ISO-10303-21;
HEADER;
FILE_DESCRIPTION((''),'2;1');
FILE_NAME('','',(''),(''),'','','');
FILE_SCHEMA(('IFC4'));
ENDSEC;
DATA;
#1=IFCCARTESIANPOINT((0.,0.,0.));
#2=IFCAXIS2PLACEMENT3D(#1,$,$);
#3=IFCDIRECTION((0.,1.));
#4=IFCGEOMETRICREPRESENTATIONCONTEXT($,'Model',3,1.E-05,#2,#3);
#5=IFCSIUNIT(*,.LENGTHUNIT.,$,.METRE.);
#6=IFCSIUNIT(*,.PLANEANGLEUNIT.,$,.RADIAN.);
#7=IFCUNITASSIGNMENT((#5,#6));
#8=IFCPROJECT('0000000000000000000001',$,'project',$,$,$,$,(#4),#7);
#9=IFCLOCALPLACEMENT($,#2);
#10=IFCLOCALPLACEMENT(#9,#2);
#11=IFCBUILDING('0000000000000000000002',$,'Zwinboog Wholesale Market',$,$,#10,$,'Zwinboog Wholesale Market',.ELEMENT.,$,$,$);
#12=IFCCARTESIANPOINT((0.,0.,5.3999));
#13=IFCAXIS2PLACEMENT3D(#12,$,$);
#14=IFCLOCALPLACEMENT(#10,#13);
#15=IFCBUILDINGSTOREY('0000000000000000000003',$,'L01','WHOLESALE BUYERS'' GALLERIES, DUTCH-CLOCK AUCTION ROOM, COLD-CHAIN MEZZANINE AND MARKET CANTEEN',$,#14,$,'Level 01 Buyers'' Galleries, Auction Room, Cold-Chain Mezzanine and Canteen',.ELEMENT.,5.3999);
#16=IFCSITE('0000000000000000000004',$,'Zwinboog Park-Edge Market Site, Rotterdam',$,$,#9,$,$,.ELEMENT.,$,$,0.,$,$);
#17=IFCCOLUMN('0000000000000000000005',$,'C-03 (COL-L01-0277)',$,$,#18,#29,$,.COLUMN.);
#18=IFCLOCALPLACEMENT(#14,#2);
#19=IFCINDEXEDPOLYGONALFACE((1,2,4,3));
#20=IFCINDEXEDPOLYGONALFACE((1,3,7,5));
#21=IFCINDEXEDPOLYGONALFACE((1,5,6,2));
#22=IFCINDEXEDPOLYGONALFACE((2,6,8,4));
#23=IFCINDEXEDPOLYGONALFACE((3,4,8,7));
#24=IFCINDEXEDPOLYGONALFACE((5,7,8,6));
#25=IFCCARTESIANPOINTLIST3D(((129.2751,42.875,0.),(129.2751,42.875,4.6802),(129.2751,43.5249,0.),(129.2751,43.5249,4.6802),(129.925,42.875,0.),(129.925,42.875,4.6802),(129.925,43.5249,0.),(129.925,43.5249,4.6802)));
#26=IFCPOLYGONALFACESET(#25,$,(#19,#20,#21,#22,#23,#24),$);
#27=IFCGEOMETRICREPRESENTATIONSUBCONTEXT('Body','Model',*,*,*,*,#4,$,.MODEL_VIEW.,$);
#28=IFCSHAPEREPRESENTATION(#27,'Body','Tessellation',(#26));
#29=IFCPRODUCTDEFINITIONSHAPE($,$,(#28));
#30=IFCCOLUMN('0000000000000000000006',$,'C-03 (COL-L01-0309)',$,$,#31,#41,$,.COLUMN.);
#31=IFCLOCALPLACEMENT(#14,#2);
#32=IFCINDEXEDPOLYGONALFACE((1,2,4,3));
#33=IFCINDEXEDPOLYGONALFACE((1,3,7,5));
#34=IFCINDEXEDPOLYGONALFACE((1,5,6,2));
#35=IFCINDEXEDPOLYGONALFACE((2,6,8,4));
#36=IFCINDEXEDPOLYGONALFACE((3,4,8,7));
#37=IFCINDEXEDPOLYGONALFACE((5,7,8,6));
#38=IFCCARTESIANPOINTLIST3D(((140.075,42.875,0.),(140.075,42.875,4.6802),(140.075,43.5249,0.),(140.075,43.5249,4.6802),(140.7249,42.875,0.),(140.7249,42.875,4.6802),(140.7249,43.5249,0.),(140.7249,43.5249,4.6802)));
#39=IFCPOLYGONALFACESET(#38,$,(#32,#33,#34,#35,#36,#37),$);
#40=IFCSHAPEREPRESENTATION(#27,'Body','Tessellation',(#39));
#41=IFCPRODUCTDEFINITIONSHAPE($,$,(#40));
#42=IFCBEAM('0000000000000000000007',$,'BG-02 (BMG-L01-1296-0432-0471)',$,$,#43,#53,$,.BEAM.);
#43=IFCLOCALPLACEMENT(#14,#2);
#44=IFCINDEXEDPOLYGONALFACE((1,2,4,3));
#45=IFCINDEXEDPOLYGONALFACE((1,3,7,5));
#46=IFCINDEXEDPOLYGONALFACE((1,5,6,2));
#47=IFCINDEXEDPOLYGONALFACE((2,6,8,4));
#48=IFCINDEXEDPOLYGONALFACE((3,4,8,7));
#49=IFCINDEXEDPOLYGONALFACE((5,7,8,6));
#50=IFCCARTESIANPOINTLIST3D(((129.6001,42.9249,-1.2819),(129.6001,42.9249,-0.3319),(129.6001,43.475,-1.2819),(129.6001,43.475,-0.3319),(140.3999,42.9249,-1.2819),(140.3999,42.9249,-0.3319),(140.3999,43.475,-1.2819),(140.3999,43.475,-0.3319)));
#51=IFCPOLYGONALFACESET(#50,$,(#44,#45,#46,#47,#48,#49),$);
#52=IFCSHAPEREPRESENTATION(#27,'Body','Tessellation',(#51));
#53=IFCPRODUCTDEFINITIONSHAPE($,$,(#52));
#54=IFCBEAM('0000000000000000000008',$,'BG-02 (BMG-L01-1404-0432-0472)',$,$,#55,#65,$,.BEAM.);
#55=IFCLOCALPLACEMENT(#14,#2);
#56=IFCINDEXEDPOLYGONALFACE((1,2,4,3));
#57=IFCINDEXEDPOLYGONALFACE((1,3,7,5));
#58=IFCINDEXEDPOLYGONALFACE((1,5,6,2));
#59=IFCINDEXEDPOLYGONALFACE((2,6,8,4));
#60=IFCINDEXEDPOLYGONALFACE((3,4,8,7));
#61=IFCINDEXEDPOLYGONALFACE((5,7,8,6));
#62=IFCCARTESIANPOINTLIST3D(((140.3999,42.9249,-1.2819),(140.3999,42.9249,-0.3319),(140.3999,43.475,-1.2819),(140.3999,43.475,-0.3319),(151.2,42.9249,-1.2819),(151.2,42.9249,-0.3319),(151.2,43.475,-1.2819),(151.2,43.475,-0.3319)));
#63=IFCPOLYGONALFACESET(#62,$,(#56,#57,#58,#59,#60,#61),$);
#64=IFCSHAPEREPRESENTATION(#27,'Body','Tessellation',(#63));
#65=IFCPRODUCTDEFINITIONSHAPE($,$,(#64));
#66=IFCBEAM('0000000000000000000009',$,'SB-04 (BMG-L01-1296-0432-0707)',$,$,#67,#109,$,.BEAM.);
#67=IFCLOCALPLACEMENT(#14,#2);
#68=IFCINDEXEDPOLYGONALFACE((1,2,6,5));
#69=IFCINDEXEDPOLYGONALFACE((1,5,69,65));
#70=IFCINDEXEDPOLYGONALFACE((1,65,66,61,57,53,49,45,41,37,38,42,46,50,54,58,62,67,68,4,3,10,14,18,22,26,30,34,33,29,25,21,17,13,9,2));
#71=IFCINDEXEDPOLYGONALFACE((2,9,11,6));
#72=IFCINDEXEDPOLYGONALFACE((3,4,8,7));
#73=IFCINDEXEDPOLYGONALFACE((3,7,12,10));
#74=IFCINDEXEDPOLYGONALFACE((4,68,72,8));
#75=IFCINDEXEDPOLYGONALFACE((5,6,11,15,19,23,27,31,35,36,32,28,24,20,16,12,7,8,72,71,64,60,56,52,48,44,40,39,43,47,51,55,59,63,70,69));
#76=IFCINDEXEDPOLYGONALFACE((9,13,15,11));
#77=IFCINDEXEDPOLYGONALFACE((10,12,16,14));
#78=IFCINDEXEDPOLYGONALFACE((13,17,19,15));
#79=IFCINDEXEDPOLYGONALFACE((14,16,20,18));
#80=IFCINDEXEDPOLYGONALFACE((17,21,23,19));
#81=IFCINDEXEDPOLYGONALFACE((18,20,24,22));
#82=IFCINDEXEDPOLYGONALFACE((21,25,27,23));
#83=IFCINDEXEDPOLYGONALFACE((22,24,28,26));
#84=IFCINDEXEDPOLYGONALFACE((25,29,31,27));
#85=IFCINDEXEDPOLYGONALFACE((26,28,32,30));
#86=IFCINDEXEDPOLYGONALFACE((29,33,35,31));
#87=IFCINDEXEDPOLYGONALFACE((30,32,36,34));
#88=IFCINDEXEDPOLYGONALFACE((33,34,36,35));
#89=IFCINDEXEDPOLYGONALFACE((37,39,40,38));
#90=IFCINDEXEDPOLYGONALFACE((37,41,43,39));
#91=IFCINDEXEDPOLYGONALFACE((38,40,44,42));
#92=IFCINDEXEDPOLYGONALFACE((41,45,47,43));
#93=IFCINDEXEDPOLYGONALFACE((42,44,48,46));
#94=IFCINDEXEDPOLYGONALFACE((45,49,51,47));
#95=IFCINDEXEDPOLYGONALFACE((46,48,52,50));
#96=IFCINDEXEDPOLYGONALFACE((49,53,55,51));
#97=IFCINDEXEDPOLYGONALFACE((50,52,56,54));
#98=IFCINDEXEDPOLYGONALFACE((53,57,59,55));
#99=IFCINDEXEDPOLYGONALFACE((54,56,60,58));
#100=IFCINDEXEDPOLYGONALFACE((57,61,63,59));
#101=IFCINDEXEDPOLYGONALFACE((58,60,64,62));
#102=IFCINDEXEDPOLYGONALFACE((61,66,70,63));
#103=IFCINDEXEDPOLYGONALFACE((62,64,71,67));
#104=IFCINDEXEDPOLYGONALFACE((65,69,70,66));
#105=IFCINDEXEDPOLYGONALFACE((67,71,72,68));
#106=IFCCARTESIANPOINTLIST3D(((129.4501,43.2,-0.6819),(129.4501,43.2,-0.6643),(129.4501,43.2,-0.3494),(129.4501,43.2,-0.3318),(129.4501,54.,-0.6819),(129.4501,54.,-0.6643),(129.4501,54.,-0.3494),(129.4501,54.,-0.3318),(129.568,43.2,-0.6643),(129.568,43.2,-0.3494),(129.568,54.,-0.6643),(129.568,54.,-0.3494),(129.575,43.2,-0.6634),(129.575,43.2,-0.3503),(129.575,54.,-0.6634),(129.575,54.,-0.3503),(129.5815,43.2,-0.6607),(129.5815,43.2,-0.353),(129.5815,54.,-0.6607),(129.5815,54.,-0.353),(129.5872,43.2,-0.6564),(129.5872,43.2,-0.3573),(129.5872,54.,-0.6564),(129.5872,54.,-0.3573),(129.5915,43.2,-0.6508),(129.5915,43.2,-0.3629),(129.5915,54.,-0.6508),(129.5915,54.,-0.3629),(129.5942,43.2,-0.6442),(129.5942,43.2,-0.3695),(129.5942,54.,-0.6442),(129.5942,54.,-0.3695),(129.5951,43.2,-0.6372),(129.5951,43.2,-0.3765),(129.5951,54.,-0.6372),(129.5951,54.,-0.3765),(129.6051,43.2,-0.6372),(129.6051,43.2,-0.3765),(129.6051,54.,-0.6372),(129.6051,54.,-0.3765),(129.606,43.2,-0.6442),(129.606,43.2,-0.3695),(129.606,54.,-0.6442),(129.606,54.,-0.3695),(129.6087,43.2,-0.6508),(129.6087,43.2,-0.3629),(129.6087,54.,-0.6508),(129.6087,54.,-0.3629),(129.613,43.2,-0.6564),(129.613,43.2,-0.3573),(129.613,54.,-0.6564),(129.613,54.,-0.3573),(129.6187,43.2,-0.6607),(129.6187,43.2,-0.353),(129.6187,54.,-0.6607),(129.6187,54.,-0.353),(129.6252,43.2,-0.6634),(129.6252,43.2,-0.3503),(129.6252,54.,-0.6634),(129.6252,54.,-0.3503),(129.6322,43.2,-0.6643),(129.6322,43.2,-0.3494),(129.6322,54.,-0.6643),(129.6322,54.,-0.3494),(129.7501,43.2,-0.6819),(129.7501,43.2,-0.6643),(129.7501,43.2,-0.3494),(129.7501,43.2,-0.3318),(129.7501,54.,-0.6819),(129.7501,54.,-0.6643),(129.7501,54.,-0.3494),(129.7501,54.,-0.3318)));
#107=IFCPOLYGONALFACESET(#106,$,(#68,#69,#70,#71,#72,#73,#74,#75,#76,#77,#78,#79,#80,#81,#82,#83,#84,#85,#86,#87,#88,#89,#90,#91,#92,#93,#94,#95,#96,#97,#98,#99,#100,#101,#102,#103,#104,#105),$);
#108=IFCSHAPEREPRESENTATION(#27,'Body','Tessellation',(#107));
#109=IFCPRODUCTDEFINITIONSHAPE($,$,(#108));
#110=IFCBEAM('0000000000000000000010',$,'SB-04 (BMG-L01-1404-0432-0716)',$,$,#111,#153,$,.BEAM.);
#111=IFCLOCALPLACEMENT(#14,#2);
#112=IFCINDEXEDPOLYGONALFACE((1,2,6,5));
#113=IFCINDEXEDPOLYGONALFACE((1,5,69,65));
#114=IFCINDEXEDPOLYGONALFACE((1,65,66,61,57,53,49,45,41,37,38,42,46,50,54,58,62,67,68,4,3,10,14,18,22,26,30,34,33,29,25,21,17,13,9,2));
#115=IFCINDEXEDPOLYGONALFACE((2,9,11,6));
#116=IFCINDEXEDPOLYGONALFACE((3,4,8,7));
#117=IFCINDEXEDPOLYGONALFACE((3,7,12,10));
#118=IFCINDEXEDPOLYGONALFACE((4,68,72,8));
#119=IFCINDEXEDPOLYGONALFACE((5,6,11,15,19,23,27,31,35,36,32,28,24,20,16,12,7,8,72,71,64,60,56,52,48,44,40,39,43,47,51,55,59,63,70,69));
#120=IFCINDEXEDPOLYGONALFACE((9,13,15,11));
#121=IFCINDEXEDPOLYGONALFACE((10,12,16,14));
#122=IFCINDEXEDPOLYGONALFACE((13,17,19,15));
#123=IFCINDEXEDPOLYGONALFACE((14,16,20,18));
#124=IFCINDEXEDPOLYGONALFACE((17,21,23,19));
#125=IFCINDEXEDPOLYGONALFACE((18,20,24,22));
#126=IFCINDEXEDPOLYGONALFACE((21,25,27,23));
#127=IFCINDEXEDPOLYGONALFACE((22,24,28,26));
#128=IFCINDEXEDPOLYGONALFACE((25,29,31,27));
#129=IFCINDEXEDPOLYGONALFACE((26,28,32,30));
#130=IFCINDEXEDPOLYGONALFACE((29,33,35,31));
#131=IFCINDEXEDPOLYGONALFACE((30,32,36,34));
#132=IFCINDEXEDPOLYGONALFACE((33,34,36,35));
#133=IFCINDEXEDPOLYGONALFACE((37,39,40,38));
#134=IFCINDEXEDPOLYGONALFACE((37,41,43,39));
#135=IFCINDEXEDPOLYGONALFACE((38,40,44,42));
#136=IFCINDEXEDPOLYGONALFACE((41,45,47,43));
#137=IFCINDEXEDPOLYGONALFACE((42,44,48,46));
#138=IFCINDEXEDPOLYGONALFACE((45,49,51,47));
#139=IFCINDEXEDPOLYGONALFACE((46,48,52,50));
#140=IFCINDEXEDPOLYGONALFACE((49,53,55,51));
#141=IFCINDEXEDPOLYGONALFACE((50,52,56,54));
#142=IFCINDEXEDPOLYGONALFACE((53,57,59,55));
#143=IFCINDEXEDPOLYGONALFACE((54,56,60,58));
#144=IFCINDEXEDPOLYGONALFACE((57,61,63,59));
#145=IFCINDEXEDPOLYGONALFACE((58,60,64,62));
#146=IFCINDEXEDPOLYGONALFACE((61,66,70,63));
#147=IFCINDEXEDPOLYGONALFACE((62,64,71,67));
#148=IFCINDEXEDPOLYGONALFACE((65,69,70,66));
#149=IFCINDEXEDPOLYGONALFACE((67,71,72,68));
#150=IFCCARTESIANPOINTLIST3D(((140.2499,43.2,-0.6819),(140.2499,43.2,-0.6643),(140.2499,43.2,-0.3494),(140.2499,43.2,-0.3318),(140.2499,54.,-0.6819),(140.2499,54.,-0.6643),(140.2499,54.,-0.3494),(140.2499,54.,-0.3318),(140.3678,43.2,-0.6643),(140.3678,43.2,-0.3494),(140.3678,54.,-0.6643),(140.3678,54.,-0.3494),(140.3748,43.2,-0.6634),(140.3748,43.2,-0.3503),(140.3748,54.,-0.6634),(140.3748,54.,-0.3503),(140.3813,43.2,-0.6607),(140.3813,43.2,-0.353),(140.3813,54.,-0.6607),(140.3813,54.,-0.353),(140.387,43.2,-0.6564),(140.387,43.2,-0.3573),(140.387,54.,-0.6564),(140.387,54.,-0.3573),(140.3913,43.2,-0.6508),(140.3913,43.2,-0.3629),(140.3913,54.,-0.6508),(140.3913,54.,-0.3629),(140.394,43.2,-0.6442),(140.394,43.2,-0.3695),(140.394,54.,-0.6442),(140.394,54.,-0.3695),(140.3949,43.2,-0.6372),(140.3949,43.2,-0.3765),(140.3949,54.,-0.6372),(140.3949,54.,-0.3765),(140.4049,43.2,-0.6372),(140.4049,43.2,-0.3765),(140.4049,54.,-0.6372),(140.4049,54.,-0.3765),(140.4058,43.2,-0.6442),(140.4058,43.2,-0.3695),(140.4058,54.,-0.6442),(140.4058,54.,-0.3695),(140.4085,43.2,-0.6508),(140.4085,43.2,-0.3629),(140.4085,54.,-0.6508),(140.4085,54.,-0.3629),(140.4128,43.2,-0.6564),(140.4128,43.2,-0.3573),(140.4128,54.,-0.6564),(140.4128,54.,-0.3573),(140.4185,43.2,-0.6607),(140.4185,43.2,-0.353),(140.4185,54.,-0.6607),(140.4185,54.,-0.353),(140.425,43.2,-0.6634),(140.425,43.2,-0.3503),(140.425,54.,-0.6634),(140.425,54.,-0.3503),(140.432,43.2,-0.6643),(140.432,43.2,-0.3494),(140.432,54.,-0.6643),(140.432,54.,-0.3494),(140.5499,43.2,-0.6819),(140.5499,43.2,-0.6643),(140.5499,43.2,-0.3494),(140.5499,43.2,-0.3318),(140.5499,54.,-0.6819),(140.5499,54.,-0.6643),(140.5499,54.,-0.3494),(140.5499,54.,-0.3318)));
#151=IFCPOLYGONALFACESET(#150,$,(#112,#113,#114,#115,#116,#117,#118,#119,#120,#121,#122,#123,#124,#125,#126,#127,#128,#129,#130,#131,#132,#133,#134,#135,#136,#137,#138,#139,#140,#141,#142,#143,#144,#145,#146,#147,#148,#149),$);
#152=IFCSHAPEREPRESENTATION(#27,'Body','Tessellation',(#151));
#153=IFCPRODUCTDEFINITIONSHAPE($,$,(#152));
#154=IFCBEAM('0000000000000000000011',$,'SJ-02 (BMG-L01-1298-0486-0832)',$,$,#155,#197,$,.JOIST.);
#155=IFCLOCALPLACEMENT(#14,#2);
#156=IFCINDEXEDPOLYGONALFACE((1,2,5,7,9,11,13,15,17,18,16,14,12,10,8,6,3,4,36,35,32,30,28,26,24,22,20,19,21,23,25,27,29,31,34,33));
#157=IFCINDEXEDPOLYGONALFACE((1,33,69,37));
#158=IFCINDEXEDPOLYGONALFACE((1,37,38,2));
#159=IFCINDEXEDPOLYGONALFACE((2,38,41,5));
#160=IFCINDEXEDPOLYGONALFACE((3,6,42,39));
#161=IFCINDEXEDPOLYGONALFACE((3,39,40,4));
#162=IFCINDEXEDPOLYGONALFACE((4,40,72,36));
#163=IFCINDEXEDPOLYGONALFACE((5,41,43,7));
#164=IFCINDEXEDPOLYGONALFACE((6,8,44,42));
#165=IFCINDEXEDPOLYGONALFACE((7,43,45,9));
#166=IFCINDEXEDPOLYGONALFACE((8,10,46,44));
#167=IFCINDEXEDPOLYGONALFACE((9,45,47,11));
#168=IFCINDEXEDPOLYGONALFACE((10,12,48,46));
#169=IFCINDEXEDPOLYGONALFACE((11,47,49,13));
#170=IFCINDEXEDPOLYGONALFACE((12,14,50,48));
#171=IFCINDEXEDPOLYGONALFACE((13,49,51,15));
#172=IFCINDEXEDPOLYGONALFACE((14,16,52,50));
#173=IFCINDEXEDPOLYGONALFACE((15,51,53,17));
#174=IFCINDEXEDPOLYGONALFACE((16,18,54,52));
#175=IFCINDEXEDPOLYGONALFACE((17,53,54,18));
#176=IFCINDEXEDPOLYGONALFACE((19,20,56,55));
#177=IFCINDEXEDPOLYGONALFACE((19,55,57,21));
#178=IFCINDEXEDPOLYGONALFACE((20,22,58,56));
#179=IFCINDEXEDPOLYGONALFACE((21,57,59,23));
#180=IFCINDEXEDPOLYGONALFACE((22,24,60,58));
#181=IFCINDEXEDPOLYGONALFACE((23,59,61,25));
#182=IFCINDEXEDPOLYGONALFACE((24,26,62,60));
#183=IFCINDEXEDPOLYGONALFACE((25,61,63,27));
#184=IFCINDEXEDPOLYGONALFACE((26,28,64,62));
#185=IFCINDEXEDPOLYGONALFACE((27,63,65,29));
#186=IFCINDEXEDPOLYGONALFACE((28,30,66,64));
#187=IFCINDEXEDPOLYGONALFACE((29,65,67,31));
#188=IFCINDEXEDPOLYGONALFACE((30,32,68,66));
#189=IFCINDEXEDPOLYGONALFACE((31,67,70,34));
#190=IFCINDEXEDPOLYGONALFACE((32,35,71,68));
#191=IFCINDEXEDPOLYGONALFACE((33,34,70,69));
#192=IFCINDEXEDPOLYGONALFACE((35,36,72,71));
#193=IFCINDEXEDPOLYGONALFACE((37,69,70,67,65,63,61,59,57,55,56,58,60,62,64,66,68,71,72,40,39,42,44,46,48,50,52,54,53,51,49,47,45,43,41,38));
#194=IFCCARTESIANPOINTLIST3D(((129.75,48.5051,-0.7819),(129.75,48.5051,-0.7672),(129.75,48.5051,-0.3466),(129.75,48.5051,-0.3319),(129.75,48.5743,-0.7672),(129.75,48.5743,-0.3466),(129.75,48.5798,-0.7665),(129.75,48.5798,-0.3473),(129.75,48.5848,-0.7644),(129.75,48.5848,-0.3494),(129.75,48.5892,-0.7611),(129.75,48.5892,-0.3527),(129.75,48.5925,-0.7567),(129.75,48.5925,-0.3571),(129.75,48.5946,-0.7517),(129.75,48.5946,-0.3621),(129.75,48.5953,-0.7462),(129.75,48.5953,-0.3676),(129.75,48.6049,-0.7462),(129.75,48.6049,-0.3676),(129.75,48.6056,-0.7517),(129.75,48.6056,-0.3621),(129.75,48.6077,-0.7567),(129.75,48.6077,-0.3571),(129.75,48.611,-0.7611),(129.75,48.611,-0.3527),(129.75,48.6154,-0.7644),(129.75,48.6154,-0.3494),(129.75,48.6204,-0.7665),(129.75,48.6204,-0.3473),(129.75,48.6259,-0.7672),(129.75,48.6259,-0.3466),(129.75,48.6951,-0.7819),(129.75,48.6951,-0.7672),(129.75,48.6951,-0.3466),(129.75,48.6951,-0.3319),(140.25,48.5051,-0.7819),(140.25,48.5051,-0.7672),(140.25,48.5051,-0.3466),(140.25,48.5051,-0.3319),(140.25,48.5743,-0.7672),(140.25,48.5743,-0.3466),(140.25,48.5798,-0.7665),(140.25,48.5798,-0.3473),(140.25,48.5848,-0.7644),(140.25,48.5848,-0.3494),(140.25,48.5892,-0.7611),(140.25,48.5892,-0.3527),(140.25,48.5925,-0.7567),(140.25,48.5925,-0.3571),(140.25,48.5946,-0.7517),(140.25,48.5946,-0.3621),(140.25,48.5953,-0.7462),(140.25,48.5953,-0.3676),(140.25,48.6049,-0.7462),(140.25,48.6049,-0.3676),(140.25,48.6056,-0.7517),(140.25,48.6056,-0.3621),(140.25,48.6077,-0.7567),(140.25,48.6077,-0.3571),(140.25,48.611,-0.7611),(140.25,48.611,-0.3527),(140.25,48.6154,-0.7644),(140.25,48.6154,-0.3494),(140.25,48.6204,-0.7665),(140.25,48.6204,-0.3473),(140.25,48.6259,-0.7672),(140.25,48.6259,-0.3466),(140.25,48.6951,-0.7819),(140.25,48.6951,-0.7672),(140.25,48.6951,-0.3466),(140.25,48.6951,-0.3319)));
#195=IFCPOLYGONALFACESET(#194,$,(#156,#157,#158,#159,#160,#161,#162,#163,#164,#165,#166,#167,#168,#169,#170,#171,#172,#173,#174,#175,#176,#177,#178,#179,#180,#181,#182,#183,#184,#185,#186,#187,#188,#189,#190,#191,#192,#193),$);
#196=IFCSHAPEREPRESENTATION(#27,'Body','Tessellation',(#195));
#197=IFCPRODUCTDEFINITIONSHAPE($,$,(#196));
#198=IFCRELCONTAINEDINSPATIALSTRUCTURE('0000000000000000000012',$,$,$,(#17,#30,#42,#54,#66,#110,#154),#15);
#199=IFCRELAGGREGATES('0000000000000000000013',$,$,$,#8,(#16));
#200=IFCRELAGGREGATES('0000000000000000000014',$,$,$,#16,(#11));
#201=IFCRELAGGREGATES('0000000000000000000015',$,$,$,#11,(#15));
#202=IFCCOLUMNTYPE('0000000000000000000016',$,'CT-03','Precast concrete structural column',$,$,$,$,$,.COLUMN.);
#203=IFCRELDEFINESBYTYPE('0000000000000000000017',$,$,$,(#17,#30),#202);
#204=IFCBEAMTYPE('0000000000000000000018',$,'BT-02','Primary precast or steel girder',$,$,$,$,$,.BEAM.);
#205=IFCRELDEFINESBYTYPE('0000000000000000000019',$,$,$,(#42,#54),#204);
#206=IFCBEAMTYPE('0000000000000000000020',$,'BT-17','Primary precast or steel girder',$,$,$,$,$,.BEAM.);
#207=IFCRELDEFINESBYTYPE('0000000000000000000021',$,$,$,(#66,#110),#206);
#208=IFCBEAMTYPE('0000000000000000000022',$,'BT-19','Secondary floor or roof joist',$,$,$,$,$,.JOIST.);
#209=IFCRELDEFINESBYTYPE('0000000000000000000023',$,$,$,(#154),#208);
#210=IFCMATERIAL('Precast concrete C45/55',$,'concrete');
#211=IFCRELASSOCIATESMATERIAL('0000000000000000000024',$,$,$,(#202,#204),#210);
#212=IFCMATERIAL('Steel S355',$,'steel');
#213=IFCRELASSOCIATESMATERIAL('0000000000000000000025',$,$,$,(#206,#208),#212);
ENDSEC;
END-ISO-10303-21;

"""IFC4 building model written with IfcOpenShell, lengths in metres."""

from ifc_helpers import new_model, si_unit, direction, frame, origin, origin_2d, place, context, subcontext, project, spatial, rectangle, i_section, extrude, material, material_profile, profile_set, type_object, element, save


model = new_model("IFC4")

# Units and contexts
model_context = context("Model", 3, precision=1e-05, world=origin(), true_north=direction((0.0, 1.0)))
body_context = subcontext(model_context, "Body", "Model", "MODEL_VIEW")
ifc_project = project(units=[si_unit("LENGTHUNIT", "METRE"), si_unit("PLANEANGLEUNIT", "RADIAN")], contexts=[model_context])

# Site, building, storey
site_placement = place(None, origin())
site = spatial("IfcSite", under=ifc_project, at=site_placement, Name="Zwinboog Park-Edge Market Site, Rotterdam", CompositionType="ELEMENT", RefElevation=0.0)
building_placement = place(site_placement, origin())
building = spatial("IfcBuilding", under=site, at=building_placement, Name="Zwinboog Wholesale Market", LongName="Zwinboog Wholesale Market", CompositionType="ELEMENT")
storey_placement = place(building_placement, frame((0.0, 0.0, 5.3999)))
storey = spatial("IfcBuildingStorey", under=building, at=storey_placement, Name="L01", Description="WHOLESALE BUYERS' GALLERIES, DUTCH-CLOCK AUCTION ROOM, COLD-CHAIN MEZZANINE AND MARKET CANTEEN", LongName="Level 01 Buyers' Galleries, Auction Room, Cold-Chain Mezzanine and Canteen", CompositionType="ELEMENT", Elevation=5.3999)

# Columns
ifc_material_1 = material(Name="Precast concrete C45/55", Category="concrete")
ifc_material_profile_1 = material_profile(ifc_material_1, rectangle(XDim=0.6499, YDim=0.6499, at=origin_2d()), Name="PC 650x650")
ifc_profile_set_1 = profile_set([ifc_material_profile_1], Name="Precast concrete C45/55")
column_type = type_object("IfcColumnType", Name="CT-03", Description="Precast concrete structural column", PredefinedType="COLUMN", material=ifc_profile_set_1)
for number, where, z_axis, x_axis, name in (
    (1, (129.6001, 43.2, 0.0), (0.0, 0.0, 1.0), (1.0, 0.0, 0.0), "C-03 (COL-L01-0277)"),
    (2, (140.3999, 43.2, 0.0), (0.0, 0.0, 1.0), (1.0, 0.0, 0.0), "C-03 (COL-L01-0309)"),
):
    element("IfcColumn", number, at=place(storey_placement, frame(where, z_axis=z_axis, x_axis=x_axis)), inside=storey, type_object=column_type, Name=name, PredefinedType="COLUMN", context=body_context, shape_type="SweptSolid", body=[
        extrude(rectangle(XDim=0.6499, YDim=0.6499, at=origin_2d()), origin(), (0.0, 0.0, 1.0), 4.6802),
    ])

# Beams
ifc_material_profile_2 = material_profile(ifc_material_1, rectangle(XDim=0.55, YDim=0.95, at=origin_2d()), Name="PC 550x950")
ifc_profile_set_2 = profile_set([ifc_material_profile_2], Name="Precast concrete C45/55")
beam_type_1 = type_object("IfcBeamType", Name="BT-02", Description="Primary precast or steel girder", PredefinedType="BEAM", material=ifc_profile_set_2)
beam_1_placement = place(storey_placement, frame((129.6001, 43.2, -0.8069), z_axis=(1.0, 0.0, 0.0), x_axis=(0.0, 1.0, 0.0)))
element("IfcBeam", 3, at=beam_1_placement, inside=storey, type_object=beam_type_1, Name="BG-02 (BMG-L01-1296-0432-0471)", PredefinedType="BEAM", context=body_context, shape_type="SweptSolid", body=[
    extrude(rectangle(XDim=0.55, YDim=0.95, at=origin_2d()), origin(), (0.0, 0.0, 1.0), 10.7998),
])
beam_2_placement = place(storey_placement, frame((140.3999, 43.2, -0.8069), z_axis=(1.0, 0.0, 0.0), x_axis=(0.0, 1.0, 0.0)))
element("IfcBeam", 4, at=beam_2_placement, inside=storey, type_object=beam_type_1, Name="BG-02 (BMG-L01-1404-0432-0472)", PredefinedType="BEAM", context=body_context, shape_type="SweptSolid", body=[
    extrude(rectangle(XDim=0.55, YDim=0.95, at=origin_2d()), origin(), (0.0, 0.0, 1.0), 10.8),
])
ifc_material_2 = material(Name="Steel S355", Category="steel")
ifc_material_profile_3 = material_profile(ifc_material_2, i_section(OverallWidth=0.3, OverallDepth=0.3501, WebThickness=0.01, FlangeThickness=0.0176, FilletRadius=0.0271, at=origin_2d()), Name="HEA 360")
ifc_profile_set_3 = profile_set([ifc_material_profile_3], Name="Steel S355")
beam_type_2 = type_object("IfcBeamType", Name="BT-17", Description="Primary precast or steel girder", PredefinedType="BEAM", material=ifc_profile_set_3)
for number, where, z_axis, x_axis, name in (
    (5, (129.6001, 43.2, -0.5068), (0.0, 1.0, 0.0), (-1.0, 0.0, 0.0), "SB-04 (BMG-L01-1296-0432-0707)"),
    (6, (140.3999, 43.2, -0.5068), (0.0, 1.0, 0.0), (-1.0, 0.0, 0.0), "SB-04 (BMG-L01-1404-0432-0716)"),
):
    element("IfcBeam", number, at=place(storey_placement, frame(where, z_axis=z_axis, x_axis=x_axis)), inside=storey, type_object=beam_type_2, Name=name, PredefinedType="BEAM", context=body_context, shape_type="SweptSolid", body=[
        extrude(i_section(OverallWidth=0.3, OverallDepth=0.3501, WebThickness=0.01, FlangeThickness=0.0176, FilletRadius=0.0271, at=origin_2d()), origin(), (0.0, 0.0, 1.0), 10.8),
    ])
ifc_material_profile_4 = material_profile(ifc_material_2, i_section(OverallWidth=0.1899, OverallDepth=0.45, WebThickness=0.0095, FlangeThickness=0.0146, FilletRadius=0.021, at=origin_2d()), Name="IPE 450")
ifc_profile_set_4 = profile_set([ifc_material_profile_4], Name="Steel S355")
beam_type_3 = type_object("IfcBeamType", Name="BT-19", Description="Secondary floor or roof joist", PredefinedType="JOIST", material=ifc_profile_set_4)
beam_3_placement = place(storey_placement, frame((129.75, 48.6001, -0.5569), z_axis=(1.0, 0.0, 0.0), x_axis=(0.0, 1.0, 0.0)))
element("IfcBeam", 7, at=beam_3_placement, inside=storey, type_object=beam_type_3, Name="SJ-02 (BMG-L01-1298-0486-0832)", PredefinedType="JOIST", context=body_context, shape_type="SweptSolid", body=[
    extrude(i_section(OverallWidth=0.1899, OverallDepth=0.45, WebThickness=0.0095, FlangeThickness=0.0146, FilletRadius=0.021, at=origin_2d()), origin(), (0.0, 0.0, 1.0), 10.5),
])

save(model, "model.ifc")
